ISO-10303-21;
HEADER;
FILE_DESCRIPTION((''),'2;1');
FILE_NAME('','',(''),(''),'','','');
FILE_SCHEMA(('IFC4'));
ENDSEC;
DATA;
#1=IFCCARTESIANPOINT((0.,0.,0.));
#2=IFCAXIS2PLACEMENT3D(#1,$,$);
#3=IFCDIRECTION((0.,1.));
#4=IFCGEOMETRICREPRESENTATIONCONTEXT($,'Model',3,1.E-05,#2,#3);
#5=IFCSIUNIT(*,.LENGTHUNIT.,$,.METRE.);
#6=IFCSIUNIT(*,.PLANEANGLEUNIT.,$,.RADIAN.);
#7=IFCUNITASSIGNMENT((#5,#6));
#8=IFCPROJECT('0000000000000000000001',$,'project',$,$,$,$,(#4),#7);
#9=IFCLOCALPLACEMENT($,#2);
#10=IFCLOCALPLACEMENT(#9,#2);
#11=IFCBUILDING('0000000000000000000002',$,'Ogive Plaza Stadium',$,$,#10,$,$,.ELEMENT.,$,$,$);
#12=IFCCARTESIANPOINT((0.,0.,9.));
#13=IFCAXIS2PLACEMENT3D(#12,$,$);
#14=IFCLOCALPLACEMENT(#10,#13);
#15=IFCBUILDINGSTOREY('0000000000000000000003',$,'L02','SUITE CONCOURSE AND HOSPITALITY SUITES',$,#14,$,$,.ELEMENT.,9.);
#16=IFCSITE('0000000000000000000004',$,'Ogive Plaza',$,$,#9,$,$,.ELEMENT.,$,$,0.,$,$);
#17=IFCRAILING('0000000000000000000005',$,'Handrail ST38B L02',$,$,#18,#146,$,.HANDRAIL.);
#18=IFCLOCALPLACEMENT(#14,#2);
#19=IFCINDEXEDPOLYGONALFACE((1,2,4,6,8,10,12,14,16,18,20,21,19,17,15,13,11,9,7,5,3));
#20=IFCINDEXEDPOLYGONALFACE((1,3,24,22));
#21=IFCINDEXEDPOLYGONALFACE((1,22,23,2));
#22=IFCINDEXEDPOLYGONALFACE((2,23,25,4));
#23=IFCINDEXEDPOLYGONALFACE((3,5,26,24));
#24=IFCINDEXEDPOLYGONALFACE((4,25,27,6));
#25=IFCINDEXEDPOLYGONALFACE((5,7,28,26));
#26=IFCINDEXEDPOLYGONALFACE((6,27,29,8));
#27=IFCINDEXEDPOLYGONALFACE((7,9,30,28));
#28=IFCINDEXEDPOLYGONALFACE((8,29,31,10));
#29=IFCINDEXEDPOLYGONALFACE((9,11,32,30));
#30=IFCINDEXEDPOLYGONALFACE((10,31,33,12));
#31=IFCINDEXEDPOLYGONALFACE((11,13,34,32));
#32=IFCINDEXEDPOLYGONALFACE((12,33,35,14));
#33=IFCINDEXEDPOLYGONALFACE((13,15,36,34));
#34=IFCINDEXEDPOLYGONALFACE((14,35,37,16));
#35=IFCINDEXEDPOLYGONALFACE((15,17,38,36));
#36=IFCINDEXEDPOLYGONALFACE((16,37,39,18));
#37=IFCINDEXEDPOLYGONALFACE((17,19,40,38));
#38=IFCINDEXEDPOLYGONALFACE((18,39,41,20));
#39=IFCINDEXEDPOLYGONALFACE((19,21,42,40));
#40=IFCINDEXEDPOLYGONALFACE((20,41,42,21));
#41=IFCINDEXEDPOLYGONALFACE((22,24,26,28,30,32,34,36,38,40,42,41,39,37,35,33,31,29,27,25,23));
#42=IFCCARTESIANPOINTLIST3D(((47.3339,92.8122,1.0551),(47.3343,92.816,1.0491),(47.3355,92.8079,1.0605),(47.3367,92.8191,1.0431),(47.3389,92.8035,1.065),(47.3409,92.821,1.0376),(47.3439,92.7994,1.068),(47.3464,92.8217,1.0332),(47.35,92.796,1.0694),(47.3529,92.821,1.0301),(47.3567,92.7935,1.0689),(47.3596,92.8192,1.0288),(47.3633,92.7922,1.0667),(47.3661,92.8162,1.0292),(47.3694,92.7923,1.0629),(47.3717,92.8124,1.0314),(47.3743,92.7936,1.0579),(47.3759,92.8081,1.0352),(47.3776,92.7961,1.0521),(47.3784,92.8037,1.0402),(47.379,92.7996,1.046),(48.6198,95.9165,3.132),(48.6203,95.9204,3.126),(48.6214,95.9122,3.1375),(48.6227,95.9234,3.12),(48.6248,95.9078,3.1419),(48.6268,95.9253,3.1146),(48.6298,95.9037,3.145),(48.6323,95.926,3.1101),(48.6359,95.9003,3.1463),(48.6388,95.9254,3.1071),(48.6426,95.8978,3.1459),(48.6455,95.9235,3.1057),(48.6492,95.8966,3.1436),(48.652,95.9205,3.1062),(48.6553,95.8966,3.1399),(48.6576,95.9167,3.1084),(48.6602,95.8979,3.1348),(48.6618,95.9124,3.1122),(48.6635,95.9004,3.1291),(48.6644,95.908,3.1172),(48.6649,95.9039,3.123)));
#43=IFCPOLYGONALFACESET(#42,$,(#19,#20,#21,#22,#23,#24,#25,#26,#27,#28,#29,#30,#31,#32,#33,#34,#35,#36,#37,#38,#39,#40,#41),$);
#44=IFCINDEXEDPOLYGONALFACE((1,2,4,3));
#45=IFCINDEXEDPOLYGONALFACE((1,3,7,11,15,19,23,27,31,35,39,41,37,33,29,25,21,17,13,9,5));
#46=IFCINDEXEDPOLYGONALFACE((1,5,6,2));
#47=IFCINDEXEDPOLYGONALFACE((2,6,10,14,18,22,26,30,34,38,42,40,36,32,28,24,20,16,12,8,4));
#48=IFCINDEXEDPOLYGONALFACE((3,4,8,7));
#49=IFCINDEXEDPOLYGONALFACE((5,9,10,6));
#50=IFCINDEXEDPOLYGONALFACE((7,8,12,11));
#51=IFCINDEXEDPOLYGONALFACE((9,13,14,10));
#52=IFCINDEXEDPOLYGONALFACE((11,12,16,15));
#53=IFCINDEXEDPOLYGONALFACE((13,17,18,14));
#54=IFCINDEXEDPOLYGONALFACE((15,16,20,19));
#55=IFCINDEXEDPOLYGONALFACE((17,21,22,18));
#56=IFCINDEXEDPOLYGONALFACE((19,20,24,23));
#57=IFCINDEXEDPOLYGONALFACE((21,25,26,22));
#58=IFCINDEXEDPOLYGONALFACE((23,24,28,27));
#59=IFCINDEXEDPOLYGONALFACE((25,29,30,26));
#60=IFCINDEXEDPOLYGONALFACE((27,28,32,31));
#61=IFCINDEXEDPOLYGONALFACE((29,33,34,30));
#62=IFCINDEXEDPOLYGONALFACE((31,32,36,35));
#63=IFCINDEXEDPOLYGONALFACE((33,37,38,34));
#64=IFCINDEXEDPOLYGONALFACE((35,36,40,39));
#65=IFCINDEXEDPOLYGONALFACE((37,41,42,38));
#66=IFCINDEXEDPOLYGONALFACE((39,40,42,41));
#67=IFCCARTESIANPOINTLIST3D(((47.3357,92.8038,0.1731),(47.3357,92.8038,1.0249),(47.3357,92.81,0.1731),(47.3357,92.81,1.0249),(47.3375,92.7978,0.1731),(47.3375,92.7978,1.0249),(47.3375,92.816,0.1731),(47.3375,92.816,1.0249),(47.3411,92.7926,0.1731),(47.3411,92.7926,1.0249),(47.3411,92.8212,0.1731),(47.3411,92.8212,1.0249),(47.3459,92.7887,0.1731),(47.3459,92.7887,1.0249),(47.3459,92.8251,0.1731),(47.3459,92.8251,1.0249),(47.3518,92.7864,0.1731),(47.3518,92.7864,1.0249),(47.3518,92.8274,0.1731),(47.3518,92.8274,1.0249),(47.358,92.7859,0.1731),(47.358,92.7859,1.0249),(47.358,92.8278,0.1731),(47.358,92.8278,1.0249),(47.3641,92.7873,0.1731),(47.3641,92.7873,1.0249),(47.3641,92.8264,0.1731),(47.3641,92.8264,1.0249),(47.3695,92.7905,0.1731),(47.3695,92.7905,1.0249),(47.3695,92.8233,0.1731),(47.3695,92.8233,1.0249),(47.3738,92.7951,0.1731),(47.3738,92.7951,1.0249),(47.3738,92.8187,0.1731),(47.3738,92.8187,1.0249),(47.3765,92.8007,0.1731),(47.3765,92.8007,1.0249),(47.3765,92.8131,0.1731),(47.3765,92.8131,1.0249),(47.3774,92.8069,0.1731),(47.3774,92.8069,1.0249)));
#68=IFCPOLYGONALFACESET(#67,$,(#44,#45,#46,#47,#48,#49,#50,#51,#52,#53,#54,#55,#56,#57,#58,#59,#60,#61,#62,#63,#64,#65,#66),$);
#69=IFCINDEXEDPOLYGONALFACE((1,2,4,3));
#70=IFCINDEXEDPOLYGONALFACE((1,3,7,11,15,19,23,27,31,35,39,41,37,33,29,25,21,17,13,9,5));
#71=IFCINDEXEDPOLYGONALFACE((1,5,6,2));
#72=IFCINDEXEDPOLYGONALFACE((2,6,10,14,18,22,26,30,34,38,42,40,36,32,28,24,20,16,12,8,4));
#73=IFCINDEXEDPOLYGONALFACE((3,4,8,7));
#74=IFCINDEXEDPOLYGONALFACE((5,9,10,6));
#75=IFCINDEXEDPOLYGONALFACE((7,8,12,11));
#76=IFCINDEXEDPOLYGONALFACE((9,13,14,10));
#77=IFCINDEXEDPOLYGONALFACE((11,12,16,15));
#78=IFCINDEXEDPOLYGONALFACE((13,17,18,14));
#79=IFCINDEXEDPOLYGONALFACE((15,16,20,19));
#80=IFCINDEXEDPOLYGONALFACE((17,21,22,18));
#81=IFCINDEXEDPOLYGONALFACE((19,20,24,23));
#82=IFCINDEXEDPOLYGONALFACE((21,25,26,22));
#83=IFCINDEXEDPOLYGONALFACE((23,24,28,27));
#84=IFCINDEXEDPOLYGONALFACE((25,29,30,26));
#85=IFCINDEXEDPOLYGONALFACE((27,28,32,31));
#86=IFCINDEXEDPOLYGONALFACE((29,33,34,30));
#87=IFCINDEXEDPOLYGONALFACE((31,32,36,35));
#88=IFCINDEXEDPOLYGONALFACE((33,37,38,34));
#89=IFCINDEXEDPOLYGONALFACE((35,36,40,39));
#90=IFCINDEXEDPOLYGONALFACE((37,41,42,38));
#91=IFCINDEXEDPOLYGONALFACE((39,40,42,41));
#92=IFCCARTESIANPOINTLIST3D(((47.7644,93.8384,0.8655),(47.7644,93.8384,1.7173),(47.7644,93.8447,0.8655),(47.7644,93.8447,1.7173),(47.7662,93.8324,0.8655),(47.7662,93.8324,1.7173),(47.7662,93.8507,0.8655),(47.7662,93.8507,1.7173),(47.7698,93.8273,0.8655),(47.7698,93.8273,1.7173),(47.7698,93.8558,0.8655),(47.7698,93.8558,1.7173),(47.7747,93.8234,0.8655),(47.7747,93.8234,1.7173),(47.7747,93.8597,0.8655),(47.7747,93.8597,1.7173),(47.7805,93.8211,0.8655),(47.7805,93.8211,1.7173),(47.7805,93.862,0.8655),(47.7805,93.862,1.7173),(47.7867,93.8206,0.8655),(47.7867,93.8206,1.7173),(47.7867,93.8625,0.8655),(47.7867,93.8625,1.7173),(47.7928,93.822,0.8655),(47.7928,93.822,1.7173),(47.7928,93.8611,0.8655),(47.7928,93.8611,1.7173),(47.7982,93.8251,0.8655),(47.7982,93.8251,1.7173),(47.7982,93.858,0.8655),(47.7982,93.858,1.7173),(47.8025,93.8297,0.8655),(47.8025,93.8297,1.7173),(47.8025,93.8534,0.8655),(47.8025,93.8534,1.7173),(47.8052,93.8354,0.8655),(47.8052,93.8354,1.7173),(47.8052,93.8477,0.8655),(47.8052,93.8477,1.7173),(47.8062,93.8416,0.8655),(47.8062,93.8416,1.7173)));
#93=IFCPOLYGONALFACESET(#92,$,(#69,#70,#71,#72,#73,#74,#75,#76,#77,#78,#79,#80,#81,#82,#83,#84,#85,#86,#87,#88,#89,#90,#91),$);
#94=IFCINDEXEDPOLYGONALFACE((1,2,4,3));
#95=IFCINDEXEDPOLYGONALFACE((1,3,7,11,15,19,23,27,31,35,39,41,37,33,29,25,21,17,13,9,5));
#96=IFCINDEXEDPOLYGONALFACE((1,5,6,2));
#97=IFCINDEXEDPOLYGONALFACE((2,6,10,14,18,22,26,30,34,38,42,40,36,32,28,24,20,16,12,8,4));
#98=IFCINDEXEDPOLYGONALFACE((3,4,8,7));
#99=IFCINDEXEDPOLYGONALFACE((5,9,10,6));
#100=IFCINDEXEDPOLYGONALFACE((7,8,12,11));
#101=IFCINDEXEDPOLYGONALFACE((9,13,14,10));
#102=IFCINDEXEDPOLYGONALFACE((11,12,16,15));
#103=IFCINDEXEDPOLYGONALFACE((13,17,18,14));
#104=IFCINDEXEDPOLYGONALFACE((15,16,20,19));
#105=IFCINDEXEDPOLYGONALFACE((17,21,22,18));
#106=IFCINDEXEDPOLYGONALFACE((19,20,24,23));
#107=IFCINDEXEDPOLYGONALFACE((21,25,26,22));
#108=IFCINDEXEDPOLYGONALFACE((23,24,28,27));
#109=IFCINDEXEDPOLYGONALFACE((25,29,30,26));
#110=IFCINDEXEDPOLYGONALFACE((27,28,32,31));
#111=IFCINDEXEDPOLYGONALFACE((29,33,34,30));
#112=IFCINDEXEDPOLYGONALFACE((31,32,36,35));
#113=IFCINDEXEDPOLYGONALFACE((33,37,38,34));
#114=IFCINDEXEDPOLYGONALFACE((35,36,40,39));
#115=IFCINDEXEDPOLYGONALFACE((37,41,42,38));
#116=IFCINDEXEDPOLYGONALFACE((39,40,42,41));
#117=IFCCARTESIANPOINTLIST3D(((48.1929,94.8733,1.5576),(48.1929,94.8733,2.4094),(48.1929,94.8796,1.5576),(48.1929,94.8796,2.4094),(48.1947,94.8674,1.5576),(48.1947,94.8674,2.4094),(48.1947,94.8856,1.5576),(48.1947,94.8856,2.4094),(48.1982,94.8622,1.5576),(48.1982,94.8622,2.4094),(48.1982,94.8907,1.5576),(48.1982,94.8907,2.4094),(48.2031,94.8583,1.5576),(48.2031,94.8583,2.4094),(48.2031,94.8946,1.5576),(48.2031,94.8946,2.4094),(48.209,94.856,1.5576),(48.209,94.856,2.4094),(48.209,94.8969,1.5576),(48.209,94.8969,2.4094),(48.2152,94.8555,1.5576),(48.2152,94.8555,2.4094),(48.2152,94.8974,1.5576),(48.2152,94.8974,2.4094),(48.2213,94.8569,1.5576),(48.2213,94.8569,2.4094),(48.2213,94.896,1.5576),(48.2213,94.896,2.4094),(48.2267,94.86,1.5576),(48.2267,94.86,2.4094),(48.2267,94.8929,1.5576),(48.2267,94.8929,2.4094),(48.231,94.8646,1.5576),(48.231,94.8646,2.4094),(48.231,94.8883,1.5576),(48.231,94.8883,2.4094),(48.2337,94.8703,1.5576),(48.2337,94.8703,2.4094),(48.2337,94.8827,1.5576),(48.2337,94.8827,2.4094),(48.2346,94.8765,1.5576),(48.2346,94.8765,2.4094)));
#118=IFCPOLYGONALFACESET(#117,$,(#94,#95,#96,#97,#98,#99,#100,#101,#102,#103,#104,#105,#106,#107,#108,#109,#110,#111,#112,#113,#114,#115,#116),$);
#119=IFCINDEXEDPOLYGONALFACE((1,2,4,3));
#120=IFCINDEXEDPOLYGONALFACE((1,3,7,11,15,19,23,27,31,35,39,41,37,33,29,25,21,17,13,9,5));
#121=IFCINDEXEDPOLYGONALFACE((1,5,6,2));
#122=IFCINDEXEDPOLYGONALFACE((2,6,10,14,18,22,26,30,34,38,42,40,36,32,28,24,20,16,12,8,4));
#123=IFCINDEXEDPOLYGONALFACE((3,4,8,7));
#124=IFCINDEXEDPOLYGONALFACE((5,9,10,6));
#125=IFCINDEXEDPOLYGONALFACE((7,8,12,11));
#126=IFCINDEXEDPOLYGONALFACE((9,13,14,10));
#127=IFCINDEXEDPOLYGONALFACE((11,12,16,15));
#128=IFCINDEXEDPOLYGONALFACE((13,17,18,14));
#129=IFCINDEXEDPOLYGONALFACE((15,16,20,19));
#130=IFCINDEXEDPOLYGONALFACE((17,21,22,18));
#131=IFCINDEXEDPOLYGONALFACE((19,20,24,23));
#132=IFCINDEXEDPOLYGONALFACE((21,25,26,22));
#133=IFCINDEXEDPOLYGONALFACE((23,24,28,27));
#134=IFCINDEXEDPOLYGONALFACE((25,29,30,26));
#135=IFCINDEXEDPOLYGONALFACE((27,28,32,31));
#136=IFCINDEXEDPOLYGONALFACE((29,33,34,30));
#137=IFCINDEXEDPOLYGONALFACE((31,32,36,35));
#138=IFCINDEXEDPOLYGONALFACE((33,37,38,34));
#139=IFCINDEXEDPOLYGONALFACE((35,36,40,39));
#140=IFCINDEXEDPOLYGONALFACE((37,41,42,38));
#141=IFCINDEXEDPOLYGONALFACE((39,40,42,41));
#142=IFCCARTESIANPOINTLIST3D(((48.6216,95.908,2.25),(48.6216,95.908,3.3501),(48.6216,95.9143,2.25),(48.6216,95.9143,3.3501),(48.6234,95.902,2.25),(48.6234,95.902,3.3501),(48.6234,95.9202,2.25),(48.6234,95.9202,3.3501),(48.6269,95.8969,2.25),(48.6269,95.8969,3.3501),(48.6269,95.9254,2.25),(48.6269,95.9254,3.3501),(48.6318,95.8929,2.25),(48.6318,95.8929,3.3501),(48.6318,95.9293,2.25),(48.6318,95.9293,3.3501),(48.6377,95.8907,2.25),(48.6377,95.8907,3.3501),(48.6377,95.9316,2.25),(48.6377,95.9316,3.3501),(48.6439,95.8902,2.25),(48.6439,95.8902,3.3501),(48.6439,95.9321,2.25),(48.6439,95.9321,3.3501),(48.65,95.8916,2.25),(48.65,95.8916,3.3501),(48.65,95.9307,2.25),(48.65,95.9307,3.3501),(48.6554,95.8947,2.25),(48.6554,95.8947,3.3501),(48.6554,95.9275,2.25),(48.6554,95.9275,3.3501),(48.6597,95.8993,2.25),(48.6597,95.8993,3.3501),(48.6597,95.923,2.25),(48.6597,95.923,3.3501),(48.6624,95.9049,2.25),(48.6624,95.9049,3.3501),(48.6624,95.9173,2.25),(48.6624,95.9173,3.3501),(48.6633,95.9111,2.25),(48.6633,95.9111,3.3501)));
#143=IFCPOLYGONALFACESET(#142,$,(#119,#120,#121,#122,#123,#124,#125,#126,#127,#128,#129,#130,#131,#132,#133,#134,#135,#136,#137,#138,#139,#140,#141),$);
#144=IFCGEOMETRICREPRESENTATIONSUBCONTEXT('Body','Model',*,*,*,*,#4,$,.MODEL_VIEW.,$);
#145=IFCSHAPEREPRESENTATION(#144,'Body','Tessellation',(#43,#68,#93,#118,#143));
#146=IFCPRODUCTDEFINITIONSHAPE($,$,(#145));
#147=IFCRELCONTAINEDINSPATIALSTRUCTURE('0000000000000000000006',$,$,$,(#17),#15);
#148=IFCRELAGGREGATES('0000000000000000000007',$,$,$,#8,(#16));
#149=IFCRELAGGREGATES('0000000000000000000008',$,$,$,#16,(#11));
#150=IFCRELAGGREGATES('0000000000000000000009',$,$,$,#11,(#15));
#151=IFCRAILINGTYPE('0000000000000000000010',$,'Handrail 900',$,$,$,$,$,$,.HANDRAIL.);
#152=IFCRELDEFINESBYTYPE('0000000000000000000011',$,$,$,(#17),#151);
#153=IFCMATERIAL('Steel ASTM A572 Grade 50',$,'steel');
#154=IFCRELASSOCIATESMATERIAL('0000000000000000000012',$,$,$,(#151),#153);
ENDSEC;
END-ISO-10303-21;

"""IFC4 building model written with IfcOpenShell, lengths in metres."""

from ifc_helpers import new_model, si_unit, direction, frame, origin, origin_2d, place, context, subcontext, project, spatial, circle, extrude, material, type_object, element, save


model = new_model("IFC4")

# Units and contexts
model_context = context("Model", 3, precision=1e-05, world=origin(), true_north=direction((0.0, 1.0)))
body_context = subcontext(model_context, "Body", "Model", "MODEL_VIEW")
ifc_project = project(units=[si_unit("LENGTHUNIT", "METRE"), si_unit("PLANEANGLEUNIT", "RADIAN")], contexts=[model_context])

# Site, building, storey
site_placement = place(None, origin())
site = spatial("IfcSite", under=ifc_project, at=site_placement, Name="Ogive Plaza", CompositionType="ELEMENT", RefElevation=0.0)
building_placement = place(site_placement, origin())
building = spatial("IfcBuilding", under=site, at=building_placement, Name="Ogive Plaza Stadium", CompositionType="ELEMENT")
storey_placement = place(building_placement, frame((0.0, 0.0, 9.0)))
storey = spatial("IfcBuildingStorey", under=building, at=storey_placement, Name="L02", Description="SUITE CONCOURSE AND HOSPITALITY SUITES", CompositionType="ELEMENT", Elevation=9.0)

# Railing
ifc_material_1 = material(Name="Steel ASTM A572 Grade 50", Category="steel")
railing_type_1 = type_object("IfcRailingType", Name="Handrail 900", PredefinedType="HANDRAIL", material=ifc_material_1)
for number, where, name in (
    (1, (47.3564, 92.8069, 0.1731), "Handrail ST38B L02"),
):
    element("IfcRailing", number, at=place(storey_placement, frame(where)), inside=storey, type_object=railing_type_1, Name=name, PredefinedType="HANDRAIL", context=body_context, shape_type="SweptSolid", body=[
        extrude(circle(Radius=0.0239, at=origin_2d()), frame((0.0, 0.0, 0.876), z_axis=(0.325532, 0.785863, 0.525783), x_axis=(-0.923872, 0.3827, 0.0)), (0.0, 0.0, 1.0), 3.9502),
        extrude(circle(Radius=0.021, at=origin_2d()), origin(), (0.0, 0.0, 1.0), 0.8518),
        extrude(circle(Radius=0.021, at=origin_2d()), frame((0.4287, 1.0347, 0.6924)), (0.0, 0.0, 1.0), 0.8518),
        extrude(circle(Radius=0.021, at=origin_2d()), frame((0.8572, 2.0696, 1.3845)), (0.0, 0.0, 1.0), 0.8518),
        extrude(circle(Radius=0.021, at=origin_2d()), frame((1.2859, 3.1042, 2.0769)), (0.0, 0.0, 1.0), 1.1001),
    ])

save(model, "model.ifc")
